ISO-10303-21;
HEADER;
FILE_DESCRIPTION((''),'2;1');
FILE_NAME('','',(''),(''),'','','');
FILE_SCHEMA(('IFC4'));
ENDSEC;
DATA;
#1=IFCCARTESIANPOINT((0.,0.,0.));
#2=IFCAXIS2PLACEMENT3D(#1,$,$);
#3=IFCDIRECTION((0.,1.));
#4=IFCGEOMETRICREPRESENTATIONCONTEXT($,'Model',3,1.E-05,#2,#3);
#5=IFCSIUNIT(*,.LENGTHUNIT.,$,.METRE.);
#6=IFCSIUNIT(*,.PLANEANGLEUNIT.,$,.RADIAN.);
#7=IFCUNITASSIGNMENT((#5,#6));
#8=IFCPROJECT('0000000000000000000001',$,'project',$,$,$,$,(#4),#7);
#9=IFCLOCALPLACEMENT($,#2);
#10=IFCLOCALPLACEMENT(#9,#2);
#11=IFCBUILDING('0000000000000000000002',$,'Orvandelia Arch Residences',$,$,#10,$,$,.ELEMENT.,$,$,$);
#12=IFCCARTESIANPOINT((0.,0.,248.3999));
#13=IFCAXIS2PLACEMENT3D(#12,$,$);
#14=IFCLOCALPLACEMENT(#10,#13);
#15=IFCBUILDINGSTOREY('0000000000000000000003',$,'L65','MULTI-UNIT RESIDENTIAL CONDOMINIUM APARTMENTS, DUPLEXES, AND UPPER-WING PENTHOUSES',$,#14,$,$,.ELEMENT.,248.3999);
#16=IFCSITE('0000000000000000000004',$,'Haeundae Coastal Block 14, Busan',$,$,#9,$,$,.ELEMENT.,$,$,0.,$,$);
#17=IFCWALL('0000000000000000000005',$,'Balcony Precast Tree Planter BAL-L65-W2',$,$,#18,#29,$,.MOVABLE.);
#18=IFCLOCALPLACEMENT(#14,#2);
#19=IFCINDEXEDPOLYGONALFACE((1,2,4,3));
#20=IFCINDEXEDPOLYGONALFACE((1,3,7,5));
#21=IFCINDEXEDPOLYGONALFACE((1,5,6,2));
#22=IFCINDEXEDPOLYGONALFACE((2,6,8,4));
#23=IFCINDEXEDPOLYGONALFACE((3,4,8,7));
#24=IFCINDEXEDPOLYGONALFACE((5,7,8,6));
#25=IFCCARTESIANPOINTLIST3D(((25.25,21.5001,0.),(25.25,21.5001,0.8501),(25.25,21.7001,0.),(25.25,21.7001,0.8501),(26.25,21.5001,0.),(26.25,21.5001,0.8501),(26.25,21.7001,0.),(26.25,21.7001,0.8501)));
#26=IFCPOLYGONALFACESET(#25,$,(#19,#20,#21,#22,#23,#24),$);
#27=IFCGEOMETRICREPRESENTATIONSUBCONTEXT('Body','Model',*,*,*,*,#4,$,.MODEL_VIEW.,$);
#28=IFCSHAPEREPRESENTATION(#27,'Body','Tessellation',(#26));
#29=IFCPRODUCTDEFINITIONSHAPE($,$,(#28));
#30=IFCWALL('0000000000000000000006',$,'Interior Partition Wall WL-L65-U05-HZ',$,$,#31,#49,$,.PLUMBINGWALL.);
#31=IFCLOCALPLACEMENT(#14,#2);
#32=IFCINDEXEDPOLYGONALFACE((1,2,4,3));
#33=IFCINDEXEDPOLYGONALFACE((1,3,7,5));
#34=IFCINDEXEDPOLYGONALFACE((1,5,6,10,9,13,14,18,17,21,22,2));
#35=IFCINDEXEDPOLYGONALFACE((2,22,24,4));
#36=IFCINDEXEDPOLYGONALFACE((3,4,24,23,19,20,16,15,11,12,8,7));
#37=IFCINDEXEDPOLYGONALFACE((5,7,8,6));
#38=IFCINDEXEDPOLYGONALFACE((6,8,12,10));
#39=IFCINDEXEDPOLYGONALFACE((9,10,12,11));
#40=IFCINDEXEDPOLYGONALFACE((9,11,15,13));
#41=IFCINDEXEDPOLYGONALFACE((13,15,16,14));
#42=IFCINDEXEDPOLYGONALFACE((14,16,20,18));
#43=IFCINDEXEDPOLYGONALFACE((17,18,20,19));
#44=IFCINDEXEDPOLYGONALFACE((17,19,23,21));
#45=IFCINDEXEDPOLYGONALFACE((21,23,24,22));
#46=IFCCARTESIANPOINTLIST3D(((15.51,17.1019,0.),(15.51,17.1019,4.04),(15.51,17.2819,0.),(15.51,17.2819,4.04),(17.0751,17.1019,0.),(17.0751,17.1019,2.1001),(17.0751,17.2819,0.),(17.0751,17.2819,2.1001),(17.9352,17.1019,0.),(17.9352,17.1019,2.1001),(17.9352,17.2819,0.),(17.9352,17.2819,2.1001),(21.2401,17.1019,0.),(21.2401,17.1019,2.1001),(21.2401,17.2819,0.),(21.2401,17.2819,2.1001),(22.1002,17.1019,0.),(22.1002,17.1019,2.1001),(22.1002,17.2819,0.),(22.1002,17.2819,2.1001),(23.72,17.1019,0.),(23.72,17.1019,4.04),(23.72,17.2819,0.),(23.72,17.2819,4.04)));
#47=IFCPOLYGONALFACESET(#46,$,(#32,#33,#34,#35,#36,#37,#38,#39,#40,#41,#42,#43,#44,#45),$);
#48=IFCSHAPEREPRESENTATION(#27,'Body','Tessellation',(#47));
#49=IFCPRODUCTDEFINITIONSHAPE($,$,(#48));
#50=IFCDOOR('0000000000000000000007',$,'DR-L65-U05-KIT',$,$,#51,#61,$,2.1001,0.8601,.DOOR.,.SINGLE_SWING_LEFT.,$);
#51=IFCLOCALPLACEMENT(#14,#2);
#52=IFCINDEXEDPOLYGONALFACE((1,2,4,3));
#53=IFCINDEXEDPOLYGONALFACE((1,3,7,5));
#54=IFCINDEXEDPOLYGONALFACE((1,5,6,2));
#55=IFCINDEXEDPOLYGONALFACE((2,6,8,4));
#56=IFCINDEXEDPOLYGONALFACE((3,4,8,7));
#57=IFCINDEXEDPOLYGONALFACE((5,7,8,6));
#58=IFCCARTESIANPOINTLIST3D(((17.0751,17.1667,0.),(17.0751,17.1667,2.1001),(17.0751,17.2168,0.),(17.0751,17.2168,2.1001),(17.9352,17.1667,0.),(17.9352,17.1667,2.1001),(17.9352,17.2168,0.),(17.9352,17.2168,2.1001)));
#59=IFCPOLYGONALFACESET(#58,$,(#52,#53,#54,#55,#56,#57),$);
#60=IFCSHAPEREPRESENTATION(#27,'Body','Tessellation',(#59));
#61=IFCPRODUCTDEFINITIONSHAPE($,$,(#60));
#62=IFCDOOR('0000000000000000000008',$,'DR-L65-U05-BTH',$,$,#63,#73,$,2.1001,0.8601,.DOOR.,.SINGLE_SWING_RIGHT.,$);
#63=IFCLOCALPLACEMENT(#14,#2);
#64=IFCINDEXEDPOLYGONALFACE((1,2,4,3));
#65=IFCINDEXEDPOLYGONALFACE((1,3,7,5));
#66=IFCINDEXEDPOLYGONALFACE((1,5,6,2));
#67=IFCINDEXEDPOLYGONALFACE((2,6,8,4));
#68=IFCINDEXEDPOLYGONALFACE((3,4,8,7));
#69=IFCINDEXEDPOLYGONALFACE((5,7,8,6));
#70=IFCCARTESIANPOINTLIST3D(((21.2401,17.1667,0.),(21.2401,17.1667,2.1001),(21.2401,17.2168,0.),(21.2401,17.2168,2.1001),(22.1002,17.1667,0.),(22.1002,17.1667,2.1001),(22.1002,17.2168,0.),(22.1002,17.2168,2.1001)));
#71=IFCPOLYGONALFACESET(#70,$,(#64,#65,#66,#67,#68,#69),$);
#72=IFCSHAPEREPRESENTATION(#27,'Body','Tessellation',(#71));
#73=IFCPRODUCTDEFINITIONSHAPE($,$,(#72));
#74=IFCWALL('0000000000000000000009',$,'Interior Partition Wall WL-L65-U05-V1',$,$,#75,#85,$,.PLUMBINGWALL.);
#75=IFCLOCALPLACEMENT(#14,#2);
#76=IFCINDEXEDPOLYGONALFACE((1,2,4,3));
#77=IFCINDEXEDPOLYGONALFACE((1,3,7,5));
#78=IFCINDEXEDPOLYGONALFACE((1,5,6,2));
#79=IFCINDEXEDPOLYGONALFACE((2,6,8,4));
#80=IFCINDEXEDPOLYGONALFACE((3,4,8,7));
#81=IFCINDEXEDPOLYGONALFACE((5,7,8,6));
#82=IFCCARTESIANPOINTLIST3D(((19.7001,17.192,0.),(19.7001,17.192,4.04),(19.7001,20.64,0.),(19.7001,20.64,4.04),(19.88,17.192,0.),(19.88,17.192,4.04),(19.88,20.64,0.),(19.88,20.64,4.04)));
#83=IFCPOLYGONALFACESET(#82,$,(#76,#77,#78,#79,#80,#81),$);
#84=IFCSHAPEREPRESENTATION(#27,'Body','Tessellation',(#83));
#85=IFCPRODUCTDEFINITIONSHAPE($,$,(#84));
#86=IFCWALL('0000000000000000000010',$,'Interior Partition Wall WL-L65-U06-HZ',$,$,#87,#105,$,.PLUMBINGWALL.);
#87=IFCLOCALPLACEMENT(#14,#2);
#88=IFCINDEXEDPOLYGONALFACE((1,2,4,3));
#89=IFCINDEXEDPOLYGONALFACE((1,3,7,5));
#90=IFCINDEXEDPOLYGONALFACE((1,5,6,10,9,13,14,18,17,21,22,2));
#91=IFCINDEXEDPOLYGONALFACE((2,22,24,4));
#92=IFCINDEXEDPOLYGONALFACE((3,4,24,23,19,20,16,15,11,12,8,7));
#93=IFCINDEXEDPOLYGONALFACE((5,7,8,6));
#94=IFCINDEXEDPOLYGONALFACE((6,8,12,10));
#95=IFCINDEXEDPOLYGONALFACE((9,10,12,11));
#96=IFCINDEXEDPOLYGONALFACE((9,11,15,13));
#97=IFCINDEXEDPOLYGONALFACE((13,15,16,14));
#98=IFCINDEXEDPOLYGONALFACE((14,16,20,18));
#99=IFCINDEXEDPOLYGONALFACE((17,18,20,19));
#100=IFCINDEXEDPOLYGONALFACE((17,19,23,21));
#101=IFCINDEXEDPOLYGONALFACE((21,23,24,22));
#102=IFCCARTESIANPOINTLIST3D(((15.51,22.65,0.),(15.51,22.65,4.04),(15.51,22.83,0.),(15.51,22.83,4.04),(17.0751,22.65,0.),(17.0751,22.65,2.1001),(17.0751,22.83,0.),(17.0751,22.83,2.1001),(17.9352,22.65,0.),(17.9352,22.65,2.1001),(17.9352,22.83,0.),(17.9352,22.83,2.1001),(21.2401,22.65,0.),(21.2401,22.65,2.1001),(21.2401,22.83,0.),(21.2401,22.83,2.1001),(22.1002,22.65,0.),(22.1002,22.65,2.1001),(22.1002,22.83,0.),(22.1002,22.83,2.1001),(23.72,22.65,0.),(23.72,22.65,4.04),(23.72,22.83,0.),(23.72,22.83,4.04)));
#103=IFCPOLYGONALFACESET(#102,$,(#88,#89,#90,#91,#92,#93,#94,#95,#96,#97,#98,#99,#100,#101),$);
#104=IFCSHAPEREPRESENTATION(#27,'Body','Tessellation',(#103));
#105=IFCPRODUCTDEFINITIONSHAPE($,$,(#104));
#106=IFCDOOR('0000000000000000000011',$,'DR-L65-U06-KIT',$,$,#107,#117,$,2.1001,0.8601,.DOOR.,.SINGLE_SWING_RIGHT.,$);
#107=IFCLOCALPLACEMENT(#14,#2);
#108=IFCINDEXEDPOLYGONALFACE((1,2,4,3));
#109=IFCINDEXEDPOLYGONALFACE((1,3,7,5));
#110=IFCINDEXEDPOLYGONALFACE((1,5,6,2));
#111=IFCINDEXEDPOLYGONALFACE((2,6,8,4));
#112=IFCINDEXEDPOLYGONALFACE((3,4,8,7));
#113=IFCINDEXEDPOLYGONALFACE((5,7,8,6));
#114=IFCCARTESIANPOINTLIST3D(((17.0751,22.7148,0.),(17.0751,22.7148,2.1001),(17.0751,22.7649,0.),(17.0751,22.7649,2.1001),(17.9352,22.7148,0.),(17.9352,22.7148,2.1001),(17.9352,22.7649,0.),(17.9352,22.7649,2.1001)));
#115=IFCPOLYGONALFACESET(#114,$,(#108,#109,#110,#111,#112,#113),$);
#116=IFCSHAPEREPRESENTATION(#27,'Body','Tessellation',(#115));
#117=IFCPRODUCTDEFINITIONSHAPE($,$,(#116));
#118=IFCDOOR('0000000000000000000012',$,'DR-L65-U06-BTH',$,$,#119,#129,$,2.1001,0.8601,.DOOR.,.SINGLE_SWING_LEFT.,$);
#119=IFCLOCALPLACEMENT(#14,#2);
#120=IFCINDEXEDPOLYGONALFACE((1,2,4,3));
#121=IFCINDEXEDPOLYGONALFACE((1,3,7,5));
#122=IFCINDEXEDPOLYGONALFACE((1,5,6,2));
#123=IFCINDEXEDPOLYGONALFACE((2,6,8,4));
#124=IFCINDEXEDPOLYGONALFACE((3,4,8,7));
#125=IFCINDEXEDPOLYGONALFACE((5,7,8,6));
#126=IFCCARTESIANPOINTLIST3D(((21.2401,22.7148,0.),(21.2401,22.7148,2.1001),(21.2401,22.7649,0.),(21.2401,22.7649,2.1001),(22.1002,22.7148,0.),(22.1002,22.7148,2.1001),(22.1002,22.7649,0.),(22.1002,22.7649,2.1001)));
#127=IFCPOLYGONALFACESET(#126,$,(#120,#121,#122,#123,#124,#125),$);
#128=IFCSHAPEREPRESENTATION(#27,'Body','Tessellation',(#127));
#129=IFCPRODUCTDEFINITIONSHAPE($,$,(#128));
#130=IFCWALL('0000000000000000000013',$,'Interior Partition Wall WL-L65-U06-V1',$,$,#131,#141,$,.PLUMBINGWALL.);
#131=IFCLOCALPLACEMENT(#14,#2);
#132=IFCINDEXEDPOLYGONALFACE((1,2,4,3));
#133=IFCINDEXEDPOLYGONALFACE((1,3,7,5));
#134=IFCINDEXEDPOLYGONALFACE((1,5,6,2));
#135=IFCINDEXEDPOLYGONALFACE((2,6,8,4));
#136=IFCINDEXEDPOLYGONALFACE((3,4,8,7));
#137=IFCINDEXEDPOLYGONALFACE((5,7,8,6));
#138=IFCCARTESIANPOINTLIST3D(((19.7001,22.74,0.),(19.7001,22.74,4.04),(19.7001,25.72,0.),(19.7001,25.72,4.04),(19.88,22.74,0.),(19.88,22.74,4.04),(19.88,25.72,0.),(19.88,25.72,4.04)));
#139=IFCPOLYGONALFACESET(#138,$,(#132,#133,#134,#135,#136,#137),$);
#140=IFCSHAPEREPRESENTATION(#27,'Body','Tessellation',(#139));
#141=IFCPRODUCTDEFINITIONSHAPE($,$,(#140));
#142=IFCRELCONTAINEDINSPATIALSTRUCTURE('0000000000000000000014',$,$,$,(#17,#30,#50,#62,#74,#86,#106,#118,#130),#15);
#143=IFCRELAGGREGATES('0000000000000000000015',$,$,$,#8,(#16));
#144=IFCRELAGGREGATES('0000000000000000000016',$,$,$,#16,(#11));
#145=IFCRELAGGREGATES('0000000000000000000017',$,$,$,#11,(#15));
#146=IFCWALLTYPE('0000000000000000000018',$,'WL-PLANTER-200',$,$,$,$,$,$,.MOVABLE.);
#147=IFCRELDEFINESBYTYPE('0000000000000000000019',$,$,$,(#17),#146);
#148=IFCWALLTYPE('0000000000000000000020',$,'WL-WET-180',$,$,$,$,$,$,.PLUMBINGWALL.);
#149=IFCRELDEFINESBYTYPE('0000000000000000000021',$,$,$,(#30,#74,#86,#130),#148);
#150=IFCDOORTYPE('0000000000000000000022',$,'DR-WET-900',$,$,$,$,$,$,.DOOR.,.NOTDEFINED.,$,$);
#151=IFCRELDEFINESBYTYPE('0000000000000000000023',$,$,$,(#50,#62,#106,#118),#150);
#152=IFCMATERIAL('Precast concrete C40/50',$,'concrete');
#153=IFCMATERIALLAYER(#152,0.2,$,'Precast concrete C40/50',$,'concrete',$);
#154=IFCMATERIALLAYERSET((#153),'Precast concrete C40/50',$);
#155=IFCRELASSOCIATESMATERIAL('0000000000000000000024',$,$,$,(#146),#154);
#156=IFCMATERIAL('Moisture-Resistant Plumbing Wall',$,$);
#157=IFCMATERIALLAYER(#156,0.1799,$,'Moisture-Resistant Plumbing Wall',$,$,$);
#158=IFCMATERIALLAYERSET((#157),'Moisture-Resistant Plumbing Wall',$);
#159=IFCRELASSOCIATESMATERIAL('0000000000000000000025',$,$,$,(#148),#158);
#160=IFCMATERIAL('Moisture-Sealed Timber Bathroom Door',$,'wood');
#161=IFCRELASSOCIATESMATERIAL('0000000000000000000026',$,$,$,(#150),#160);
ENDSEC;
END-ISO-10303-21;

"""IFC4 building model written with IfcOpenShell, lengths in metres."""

from ifc_helpers import new_model, si_unit, direction, frame, frame_2d, origin, place, context, subcontext, project, spatial, rectangle, extrude, material, layer, layer_set, type_object, element, fill, save


model = new_model("IFC4")

# Units and contexts
model_context = context("Model", 3, precision=1e-05, world=origin(), true_north=direction((0.0, 1.0)))
body_context = subcontext(model_context, "Body", "Model", "MODEL_VIEW")
ifc_project = project(units=[si_unit("LENGTHUNIT", "METRE"), si_unit("PLANEANGLEUNIT", "RADIAN")], contexts=[model_context])

# Site, building, storey
site_placement = place(None, origin())
site = spatial("IfcSite", under=ifc_project, at=site_placement, Name="Haeundae Coastal Block 14, Busan", CompositionType="ELEMENT", RefElevation=0.0)
building_placement = place(site_placement, origin())
building = spatial("IfcBuilding", under=site, at=building_placement, Name="Orvandelia Arch Residences", CompositionType="ELEMENT")
storey_placement = place(building_placement, frame((0.0, 0.0, 248.3999)))
storey = spatial("IfcBuildingStorey", under=building, at=storey_placement, Name="L65", Description="MULTI-UNIT RESIDENTIAL CONDOMINIUM APARTMENTS, DUPLEXES, AND UPPER-WING PENTHOUSES", CompositionType="ELEMENT", Elevation=248.3999)

# Wall
ifc_material_1 = material(Name="Precast concrete C40/50", Category="concrete")
ifc_layer_1 = layer(ifc_material_1, 0.2, Name="Precast concrete C40/50", Category="concrete")
ifc_layer_set_1 = layer_set([ifc_layer_1], Name="Precast concrete C40/50")
wall_type_1 = type_object("IfcWallType", Name="WL-PLANTER-200", PredefinedType="MOVABLE", material=ifc_layer_set_1)
wall_1_placement = place(storey_placement, frame((25.25, 21.6001, 0.0), z_axis=(0.0, 0.0, 1.0), x_axis=(1.0, 0.0, 0.0)))
element("IfcWall", 1, at=wall_1_placement, inside=storey, type_object=wall_type_1, Name="Balcony Precast Tree Planter BAL-L65-W2", PredefinedType="MOVABLE", context=body_context, shape_type="SweptSolid", body=[
    extrude(rectangle(XDim=1.0, YDim=0.2, at=frame_2d((0.5, 0.0))), origin(), (0.0, 0.0, 1.0), 0.8501),
])

# Wall, openings, doors
ifc_material_2 = material(Name="Moisture-Resistant Plumbing Wall")
ifc_layer_2 = layer(ifc_material_2, 0.1799, Name="Moisture-Resistant Plumbing Wall")
ifc_layer_set_2 = layer_set([ifc_layer_2], Name="Moisture-Resistant Plumbing Wall")
wall_type_2 = type_object("IfcWallType", Name="WL-WET-180", PredefinedType="PLUMBINGWALL", material=ifc_layer_set_2)
wall_2_placement = place(storey_placement, frame((15.51, 17.1919, 0.0), z_axis=(0.0, 0.0, 1.0), x_axis=(1.0, 0.0, 0.0)))
wall_2 = element("IfcWall", 2, at=wall_2_placement, inside=storey, type_object=wall_type_2, Name="Interior Partition Wall WL-L65-U05-HZ", PredefinedType="PLUMBINGWALL", context=body_context, shape_type="SweptSolid", body=[
    extrude(rectangle(XDim=8.21, YDim=0.1799, at=frame_2d((4.105, 0.0))), origin(), (0.0, 0.0, 1.0), 4.04),
])
opening_1_placement = place(wall_2_placement, frame((1.5649, 0.0, 0.0)))
opening_1 = element("IfcOpeningElement", 3, at=opening_1_placement, cuts=wall_2, PredefinedType="OPENING", context=body_context, shape_type="SweptSolid", body=[
    extrude(rectangle(XDim=0.8601, YDim=2.1001, at=frame_2d((0.4302, 1.05))), frame((0.0, 0.1001, 0.0), z_axis=(0.0, -1.0, 0.0), x_axis=(1.0, 0.0, 0.0)), (0.0, 0.0, 1.0), 0.2),
])
opening_2_placement = place(wall_2_placement, frame((5.73, 0.0, 0.0)))
opening_2 = element("IfcOpeningElement", 4, at=opening_2_placement, cuts=wall_2, PredefinedType="OPENING", context=body_context, shape_type="SweptSolid", body=[
    extrude(rectangle(XDim=0.8601, YDim=2.1001, at=frame_2d((0.4302, 1.05))), frame((0.0, 0.1001, 0.0), z_axis=(0.0, -1.0, 0.0), x_axis=(1.0, 0.0, 0.0)), (0.0, 0.0, 1.0), 0.2),
])
ifc_material_3 = material(Name="Moisture-Sealed Timber Bathroom Door", Category="wood")
door_type_1 = type_object("IfcDoorType", Name="DR-WET-900", OperationType="NOTDEFINED", PredefinedType="DOOR", material=ifc_material_3)
door_1_placement = place(opening_1_placement, origin())
door_1 = element("IfcDoor", 5, at=door_1_placement, inside=storey, type_object=door_type_1, Name="DR-L65-U05-KIT", OperationType="SINGLE_SWING_LEFT", OverallHeight=2.1001, OverallWidth=0.8601, PredefinedType="DOOR", context=body_context, shape_type="SweptSolid", body=[
    extrude(rectangle(XDim=0.8601, YDim=2.1001, at=frame_2d((0.4302, 1.05))), frame((0.0, 0.0249, 0.0), z_axis=(0.0, -1.0, 0.0), x_axis=(1.0, 0.0, 0.0)), (0.0, 0.0, 1.0), 0.05),
])
fill(opening_1, door_1)
door_2_placement = place(opening_2_placement, origin())
door_2 = element("IfcDoor", 6, at=door_2_placement, inside=storey, type_object=door_type_1, Name="DR-L65-U05-BTH", OperationType="SINGLE_SWING_RIGHT", OverallHeight=2.1001, OverallWidth=0.8601, PredefinedType="DOOR", context=body_context, shape_type="SweptSolid", body=[
    extrude(rectangle(XDim=0.8601, YDim=2.1001, at=frame_2d((0.4302, 1.05))), frame((0.0, 0.0249, 0.0), z_axis=(0.0, -1.0, 0.0), x_axis=(1.0, 0.0, 0.0)), (0.0, 0.0, 1.0), 0.05),
])
fill(opening_2, door_2)

# Wall
wall_3_placement = place(storey_placement, frame((19.79, 17.1919, 0.0), z_axis=(0.0, 0.0, 1.0), x_axis=(0.0, 1.0, 0.0)))
element("IfcWall", 7, at=wall_3_placement, inside=storey, type_object=wall_type_2, Name="Interior Partition Wall WL-L65-U05-V1", PredefinedType="PLUMBINGWALL", context=body_context, shape_type="SweptSolid", body=[
    extrude(rectangle(XDim=3.448, YDim=0.1799, at=frame_2d((1.7241, 0.0))), origin(), (0.0, 0.0, 1.0), 4.04),
])

# Wall, openings, doors
wall_4_placement = place(storey_placement, frame((15.51, 22.74, 0.0), z_axis=(0.0, 0.0, 1.0), x_axis=(1.0, 0.0, 0.0)))
wall_4 = element("IfcWall", 8, at=wall_4_placement, inside=storey, type_object=wall_type_2, Name="Interior Partition Wall WL-L65-U06-HZ", PredefinedType="PLUMBINGWALL", context=body_context, shape_type="SweptSolid", body=[
    extrude(rectangle(XDim=8.21, YDim=0.1799, at=frame_2d((4.105, 0.0))), origin(), (0.0, 0.0, 1.0), 4.04),
])
opening_3_placement = place(wall_4_placement, frame((1.5649, 0.0, 0.0)))
opening_3 = element("IfcOpeningElement", 9, at=opening_3_placement, cuts=wall_4, PredefinedType="OPENING", context=body_context, shape_type="SweptSolid", body=[
    extrude(rectangle(XDim=0.8601, YDim=2.1001, at=frame_2d((0.4302, 1.05))), frame((0.0, 0.1001, 0.0), z_axis=(0.0, -1.0, 0.0), x_axis=(1.0, 0.0, 0.0)), (0.0, 0.0, 1.0), 0.2),
])
opening_4_placement = place(wall_4_placement, frame((5.73, 0.0, 0.0)))
opening_4 = element("IfcOpeningElement", 10, at=opening_4_placement, cuts=wall_4, PredefinedType="OPENING", context=body_context, shape_type="SweptSolid", body=[
    extrude(rectangle(XDim=0.8601, YDim=2.1001, at=frame_2d((0.4302, 1.05))), frame((0.0, 0.1001, 0.0), z_axis=(0.0, -1.0, 0.0), x_axis=(1.0, 0.0, 0.0)), (0.0, 0.0, 1.0), 0.2),
])
door_3_placement = place(opening_3_placement, origin())
door_3 = element("IfcDoor", 11, at=door_3_placement, inside=storey, type_object=door_type_1, Name="DR-L65-U06-KIT", OperationType="SINGLE_SWING_RIGHT", OverallHeight=2.1001, OverallWidth=0.8601, PredefinedType="DOOR", context=body_context, shape_type="SweptSolid", body=[
    extrude(rectangle(XDim=0.8601, YDim=2.1001, at=frame_2d((0.4302, 1.05))), frame((0.0, 0.0249, 0.0), z_axis=(0.0, -1.0, 0.0), x_axis=(1.0, 0.0, 0.0)), (0.0, 0.0, 1.0), 0.05),
])
fill(opening_3, door_3)
door_4_placement = place(opening_4_placement, origin())
door_4 = element("IfcDoor", 12, at=door_4_placement, inside=storey, type_object=door_type_1, Name="DR-L65-U06-BTH", OperationType="SINGLE_SWING_LEFT", OverallHeight=2.1001, OverallWidth=0.8601, PredefinedType="DOOR", context=body_context, shape_type="SweptSolid", body=[
    extrude(rectangle(XDim=0.8601, YDim=2.1001, at=frame_2d((0.4302, 1.05))), frame((0.0, 0.0249, 0.0), z_axis=(0.0, -1.0, 0.0), x_axis=(1.0, 0.0, 0.0)), (0.0, 0.0, 1.0), 0.05),
])
fill(opening_4, door_4)

# Wall
wall_5_placement = place(storey_placement, frame((19.79, 22.74, 0.0), z_axis=(0.0, 0.0, 1.0), x_axis=(0.0, 1.0, 0.0)))
element("IfcWall", 13, at=wall_5_placement, inside=storey, type_object=wall_type_2, Name="Interior Partition Wall WL-L65-U06-V1", PredefinedType="PLUMBINGWALL", context=body_context, shape_type="SweptSolid", body=[
    extrude(rectangle(XDim=2.98, YDim=0.1799, at=frame_2d((1.49, 0.0))), origin(), (0.0, 0.0, 1.0), 4.04),
])

save(model, "model.ifc")
